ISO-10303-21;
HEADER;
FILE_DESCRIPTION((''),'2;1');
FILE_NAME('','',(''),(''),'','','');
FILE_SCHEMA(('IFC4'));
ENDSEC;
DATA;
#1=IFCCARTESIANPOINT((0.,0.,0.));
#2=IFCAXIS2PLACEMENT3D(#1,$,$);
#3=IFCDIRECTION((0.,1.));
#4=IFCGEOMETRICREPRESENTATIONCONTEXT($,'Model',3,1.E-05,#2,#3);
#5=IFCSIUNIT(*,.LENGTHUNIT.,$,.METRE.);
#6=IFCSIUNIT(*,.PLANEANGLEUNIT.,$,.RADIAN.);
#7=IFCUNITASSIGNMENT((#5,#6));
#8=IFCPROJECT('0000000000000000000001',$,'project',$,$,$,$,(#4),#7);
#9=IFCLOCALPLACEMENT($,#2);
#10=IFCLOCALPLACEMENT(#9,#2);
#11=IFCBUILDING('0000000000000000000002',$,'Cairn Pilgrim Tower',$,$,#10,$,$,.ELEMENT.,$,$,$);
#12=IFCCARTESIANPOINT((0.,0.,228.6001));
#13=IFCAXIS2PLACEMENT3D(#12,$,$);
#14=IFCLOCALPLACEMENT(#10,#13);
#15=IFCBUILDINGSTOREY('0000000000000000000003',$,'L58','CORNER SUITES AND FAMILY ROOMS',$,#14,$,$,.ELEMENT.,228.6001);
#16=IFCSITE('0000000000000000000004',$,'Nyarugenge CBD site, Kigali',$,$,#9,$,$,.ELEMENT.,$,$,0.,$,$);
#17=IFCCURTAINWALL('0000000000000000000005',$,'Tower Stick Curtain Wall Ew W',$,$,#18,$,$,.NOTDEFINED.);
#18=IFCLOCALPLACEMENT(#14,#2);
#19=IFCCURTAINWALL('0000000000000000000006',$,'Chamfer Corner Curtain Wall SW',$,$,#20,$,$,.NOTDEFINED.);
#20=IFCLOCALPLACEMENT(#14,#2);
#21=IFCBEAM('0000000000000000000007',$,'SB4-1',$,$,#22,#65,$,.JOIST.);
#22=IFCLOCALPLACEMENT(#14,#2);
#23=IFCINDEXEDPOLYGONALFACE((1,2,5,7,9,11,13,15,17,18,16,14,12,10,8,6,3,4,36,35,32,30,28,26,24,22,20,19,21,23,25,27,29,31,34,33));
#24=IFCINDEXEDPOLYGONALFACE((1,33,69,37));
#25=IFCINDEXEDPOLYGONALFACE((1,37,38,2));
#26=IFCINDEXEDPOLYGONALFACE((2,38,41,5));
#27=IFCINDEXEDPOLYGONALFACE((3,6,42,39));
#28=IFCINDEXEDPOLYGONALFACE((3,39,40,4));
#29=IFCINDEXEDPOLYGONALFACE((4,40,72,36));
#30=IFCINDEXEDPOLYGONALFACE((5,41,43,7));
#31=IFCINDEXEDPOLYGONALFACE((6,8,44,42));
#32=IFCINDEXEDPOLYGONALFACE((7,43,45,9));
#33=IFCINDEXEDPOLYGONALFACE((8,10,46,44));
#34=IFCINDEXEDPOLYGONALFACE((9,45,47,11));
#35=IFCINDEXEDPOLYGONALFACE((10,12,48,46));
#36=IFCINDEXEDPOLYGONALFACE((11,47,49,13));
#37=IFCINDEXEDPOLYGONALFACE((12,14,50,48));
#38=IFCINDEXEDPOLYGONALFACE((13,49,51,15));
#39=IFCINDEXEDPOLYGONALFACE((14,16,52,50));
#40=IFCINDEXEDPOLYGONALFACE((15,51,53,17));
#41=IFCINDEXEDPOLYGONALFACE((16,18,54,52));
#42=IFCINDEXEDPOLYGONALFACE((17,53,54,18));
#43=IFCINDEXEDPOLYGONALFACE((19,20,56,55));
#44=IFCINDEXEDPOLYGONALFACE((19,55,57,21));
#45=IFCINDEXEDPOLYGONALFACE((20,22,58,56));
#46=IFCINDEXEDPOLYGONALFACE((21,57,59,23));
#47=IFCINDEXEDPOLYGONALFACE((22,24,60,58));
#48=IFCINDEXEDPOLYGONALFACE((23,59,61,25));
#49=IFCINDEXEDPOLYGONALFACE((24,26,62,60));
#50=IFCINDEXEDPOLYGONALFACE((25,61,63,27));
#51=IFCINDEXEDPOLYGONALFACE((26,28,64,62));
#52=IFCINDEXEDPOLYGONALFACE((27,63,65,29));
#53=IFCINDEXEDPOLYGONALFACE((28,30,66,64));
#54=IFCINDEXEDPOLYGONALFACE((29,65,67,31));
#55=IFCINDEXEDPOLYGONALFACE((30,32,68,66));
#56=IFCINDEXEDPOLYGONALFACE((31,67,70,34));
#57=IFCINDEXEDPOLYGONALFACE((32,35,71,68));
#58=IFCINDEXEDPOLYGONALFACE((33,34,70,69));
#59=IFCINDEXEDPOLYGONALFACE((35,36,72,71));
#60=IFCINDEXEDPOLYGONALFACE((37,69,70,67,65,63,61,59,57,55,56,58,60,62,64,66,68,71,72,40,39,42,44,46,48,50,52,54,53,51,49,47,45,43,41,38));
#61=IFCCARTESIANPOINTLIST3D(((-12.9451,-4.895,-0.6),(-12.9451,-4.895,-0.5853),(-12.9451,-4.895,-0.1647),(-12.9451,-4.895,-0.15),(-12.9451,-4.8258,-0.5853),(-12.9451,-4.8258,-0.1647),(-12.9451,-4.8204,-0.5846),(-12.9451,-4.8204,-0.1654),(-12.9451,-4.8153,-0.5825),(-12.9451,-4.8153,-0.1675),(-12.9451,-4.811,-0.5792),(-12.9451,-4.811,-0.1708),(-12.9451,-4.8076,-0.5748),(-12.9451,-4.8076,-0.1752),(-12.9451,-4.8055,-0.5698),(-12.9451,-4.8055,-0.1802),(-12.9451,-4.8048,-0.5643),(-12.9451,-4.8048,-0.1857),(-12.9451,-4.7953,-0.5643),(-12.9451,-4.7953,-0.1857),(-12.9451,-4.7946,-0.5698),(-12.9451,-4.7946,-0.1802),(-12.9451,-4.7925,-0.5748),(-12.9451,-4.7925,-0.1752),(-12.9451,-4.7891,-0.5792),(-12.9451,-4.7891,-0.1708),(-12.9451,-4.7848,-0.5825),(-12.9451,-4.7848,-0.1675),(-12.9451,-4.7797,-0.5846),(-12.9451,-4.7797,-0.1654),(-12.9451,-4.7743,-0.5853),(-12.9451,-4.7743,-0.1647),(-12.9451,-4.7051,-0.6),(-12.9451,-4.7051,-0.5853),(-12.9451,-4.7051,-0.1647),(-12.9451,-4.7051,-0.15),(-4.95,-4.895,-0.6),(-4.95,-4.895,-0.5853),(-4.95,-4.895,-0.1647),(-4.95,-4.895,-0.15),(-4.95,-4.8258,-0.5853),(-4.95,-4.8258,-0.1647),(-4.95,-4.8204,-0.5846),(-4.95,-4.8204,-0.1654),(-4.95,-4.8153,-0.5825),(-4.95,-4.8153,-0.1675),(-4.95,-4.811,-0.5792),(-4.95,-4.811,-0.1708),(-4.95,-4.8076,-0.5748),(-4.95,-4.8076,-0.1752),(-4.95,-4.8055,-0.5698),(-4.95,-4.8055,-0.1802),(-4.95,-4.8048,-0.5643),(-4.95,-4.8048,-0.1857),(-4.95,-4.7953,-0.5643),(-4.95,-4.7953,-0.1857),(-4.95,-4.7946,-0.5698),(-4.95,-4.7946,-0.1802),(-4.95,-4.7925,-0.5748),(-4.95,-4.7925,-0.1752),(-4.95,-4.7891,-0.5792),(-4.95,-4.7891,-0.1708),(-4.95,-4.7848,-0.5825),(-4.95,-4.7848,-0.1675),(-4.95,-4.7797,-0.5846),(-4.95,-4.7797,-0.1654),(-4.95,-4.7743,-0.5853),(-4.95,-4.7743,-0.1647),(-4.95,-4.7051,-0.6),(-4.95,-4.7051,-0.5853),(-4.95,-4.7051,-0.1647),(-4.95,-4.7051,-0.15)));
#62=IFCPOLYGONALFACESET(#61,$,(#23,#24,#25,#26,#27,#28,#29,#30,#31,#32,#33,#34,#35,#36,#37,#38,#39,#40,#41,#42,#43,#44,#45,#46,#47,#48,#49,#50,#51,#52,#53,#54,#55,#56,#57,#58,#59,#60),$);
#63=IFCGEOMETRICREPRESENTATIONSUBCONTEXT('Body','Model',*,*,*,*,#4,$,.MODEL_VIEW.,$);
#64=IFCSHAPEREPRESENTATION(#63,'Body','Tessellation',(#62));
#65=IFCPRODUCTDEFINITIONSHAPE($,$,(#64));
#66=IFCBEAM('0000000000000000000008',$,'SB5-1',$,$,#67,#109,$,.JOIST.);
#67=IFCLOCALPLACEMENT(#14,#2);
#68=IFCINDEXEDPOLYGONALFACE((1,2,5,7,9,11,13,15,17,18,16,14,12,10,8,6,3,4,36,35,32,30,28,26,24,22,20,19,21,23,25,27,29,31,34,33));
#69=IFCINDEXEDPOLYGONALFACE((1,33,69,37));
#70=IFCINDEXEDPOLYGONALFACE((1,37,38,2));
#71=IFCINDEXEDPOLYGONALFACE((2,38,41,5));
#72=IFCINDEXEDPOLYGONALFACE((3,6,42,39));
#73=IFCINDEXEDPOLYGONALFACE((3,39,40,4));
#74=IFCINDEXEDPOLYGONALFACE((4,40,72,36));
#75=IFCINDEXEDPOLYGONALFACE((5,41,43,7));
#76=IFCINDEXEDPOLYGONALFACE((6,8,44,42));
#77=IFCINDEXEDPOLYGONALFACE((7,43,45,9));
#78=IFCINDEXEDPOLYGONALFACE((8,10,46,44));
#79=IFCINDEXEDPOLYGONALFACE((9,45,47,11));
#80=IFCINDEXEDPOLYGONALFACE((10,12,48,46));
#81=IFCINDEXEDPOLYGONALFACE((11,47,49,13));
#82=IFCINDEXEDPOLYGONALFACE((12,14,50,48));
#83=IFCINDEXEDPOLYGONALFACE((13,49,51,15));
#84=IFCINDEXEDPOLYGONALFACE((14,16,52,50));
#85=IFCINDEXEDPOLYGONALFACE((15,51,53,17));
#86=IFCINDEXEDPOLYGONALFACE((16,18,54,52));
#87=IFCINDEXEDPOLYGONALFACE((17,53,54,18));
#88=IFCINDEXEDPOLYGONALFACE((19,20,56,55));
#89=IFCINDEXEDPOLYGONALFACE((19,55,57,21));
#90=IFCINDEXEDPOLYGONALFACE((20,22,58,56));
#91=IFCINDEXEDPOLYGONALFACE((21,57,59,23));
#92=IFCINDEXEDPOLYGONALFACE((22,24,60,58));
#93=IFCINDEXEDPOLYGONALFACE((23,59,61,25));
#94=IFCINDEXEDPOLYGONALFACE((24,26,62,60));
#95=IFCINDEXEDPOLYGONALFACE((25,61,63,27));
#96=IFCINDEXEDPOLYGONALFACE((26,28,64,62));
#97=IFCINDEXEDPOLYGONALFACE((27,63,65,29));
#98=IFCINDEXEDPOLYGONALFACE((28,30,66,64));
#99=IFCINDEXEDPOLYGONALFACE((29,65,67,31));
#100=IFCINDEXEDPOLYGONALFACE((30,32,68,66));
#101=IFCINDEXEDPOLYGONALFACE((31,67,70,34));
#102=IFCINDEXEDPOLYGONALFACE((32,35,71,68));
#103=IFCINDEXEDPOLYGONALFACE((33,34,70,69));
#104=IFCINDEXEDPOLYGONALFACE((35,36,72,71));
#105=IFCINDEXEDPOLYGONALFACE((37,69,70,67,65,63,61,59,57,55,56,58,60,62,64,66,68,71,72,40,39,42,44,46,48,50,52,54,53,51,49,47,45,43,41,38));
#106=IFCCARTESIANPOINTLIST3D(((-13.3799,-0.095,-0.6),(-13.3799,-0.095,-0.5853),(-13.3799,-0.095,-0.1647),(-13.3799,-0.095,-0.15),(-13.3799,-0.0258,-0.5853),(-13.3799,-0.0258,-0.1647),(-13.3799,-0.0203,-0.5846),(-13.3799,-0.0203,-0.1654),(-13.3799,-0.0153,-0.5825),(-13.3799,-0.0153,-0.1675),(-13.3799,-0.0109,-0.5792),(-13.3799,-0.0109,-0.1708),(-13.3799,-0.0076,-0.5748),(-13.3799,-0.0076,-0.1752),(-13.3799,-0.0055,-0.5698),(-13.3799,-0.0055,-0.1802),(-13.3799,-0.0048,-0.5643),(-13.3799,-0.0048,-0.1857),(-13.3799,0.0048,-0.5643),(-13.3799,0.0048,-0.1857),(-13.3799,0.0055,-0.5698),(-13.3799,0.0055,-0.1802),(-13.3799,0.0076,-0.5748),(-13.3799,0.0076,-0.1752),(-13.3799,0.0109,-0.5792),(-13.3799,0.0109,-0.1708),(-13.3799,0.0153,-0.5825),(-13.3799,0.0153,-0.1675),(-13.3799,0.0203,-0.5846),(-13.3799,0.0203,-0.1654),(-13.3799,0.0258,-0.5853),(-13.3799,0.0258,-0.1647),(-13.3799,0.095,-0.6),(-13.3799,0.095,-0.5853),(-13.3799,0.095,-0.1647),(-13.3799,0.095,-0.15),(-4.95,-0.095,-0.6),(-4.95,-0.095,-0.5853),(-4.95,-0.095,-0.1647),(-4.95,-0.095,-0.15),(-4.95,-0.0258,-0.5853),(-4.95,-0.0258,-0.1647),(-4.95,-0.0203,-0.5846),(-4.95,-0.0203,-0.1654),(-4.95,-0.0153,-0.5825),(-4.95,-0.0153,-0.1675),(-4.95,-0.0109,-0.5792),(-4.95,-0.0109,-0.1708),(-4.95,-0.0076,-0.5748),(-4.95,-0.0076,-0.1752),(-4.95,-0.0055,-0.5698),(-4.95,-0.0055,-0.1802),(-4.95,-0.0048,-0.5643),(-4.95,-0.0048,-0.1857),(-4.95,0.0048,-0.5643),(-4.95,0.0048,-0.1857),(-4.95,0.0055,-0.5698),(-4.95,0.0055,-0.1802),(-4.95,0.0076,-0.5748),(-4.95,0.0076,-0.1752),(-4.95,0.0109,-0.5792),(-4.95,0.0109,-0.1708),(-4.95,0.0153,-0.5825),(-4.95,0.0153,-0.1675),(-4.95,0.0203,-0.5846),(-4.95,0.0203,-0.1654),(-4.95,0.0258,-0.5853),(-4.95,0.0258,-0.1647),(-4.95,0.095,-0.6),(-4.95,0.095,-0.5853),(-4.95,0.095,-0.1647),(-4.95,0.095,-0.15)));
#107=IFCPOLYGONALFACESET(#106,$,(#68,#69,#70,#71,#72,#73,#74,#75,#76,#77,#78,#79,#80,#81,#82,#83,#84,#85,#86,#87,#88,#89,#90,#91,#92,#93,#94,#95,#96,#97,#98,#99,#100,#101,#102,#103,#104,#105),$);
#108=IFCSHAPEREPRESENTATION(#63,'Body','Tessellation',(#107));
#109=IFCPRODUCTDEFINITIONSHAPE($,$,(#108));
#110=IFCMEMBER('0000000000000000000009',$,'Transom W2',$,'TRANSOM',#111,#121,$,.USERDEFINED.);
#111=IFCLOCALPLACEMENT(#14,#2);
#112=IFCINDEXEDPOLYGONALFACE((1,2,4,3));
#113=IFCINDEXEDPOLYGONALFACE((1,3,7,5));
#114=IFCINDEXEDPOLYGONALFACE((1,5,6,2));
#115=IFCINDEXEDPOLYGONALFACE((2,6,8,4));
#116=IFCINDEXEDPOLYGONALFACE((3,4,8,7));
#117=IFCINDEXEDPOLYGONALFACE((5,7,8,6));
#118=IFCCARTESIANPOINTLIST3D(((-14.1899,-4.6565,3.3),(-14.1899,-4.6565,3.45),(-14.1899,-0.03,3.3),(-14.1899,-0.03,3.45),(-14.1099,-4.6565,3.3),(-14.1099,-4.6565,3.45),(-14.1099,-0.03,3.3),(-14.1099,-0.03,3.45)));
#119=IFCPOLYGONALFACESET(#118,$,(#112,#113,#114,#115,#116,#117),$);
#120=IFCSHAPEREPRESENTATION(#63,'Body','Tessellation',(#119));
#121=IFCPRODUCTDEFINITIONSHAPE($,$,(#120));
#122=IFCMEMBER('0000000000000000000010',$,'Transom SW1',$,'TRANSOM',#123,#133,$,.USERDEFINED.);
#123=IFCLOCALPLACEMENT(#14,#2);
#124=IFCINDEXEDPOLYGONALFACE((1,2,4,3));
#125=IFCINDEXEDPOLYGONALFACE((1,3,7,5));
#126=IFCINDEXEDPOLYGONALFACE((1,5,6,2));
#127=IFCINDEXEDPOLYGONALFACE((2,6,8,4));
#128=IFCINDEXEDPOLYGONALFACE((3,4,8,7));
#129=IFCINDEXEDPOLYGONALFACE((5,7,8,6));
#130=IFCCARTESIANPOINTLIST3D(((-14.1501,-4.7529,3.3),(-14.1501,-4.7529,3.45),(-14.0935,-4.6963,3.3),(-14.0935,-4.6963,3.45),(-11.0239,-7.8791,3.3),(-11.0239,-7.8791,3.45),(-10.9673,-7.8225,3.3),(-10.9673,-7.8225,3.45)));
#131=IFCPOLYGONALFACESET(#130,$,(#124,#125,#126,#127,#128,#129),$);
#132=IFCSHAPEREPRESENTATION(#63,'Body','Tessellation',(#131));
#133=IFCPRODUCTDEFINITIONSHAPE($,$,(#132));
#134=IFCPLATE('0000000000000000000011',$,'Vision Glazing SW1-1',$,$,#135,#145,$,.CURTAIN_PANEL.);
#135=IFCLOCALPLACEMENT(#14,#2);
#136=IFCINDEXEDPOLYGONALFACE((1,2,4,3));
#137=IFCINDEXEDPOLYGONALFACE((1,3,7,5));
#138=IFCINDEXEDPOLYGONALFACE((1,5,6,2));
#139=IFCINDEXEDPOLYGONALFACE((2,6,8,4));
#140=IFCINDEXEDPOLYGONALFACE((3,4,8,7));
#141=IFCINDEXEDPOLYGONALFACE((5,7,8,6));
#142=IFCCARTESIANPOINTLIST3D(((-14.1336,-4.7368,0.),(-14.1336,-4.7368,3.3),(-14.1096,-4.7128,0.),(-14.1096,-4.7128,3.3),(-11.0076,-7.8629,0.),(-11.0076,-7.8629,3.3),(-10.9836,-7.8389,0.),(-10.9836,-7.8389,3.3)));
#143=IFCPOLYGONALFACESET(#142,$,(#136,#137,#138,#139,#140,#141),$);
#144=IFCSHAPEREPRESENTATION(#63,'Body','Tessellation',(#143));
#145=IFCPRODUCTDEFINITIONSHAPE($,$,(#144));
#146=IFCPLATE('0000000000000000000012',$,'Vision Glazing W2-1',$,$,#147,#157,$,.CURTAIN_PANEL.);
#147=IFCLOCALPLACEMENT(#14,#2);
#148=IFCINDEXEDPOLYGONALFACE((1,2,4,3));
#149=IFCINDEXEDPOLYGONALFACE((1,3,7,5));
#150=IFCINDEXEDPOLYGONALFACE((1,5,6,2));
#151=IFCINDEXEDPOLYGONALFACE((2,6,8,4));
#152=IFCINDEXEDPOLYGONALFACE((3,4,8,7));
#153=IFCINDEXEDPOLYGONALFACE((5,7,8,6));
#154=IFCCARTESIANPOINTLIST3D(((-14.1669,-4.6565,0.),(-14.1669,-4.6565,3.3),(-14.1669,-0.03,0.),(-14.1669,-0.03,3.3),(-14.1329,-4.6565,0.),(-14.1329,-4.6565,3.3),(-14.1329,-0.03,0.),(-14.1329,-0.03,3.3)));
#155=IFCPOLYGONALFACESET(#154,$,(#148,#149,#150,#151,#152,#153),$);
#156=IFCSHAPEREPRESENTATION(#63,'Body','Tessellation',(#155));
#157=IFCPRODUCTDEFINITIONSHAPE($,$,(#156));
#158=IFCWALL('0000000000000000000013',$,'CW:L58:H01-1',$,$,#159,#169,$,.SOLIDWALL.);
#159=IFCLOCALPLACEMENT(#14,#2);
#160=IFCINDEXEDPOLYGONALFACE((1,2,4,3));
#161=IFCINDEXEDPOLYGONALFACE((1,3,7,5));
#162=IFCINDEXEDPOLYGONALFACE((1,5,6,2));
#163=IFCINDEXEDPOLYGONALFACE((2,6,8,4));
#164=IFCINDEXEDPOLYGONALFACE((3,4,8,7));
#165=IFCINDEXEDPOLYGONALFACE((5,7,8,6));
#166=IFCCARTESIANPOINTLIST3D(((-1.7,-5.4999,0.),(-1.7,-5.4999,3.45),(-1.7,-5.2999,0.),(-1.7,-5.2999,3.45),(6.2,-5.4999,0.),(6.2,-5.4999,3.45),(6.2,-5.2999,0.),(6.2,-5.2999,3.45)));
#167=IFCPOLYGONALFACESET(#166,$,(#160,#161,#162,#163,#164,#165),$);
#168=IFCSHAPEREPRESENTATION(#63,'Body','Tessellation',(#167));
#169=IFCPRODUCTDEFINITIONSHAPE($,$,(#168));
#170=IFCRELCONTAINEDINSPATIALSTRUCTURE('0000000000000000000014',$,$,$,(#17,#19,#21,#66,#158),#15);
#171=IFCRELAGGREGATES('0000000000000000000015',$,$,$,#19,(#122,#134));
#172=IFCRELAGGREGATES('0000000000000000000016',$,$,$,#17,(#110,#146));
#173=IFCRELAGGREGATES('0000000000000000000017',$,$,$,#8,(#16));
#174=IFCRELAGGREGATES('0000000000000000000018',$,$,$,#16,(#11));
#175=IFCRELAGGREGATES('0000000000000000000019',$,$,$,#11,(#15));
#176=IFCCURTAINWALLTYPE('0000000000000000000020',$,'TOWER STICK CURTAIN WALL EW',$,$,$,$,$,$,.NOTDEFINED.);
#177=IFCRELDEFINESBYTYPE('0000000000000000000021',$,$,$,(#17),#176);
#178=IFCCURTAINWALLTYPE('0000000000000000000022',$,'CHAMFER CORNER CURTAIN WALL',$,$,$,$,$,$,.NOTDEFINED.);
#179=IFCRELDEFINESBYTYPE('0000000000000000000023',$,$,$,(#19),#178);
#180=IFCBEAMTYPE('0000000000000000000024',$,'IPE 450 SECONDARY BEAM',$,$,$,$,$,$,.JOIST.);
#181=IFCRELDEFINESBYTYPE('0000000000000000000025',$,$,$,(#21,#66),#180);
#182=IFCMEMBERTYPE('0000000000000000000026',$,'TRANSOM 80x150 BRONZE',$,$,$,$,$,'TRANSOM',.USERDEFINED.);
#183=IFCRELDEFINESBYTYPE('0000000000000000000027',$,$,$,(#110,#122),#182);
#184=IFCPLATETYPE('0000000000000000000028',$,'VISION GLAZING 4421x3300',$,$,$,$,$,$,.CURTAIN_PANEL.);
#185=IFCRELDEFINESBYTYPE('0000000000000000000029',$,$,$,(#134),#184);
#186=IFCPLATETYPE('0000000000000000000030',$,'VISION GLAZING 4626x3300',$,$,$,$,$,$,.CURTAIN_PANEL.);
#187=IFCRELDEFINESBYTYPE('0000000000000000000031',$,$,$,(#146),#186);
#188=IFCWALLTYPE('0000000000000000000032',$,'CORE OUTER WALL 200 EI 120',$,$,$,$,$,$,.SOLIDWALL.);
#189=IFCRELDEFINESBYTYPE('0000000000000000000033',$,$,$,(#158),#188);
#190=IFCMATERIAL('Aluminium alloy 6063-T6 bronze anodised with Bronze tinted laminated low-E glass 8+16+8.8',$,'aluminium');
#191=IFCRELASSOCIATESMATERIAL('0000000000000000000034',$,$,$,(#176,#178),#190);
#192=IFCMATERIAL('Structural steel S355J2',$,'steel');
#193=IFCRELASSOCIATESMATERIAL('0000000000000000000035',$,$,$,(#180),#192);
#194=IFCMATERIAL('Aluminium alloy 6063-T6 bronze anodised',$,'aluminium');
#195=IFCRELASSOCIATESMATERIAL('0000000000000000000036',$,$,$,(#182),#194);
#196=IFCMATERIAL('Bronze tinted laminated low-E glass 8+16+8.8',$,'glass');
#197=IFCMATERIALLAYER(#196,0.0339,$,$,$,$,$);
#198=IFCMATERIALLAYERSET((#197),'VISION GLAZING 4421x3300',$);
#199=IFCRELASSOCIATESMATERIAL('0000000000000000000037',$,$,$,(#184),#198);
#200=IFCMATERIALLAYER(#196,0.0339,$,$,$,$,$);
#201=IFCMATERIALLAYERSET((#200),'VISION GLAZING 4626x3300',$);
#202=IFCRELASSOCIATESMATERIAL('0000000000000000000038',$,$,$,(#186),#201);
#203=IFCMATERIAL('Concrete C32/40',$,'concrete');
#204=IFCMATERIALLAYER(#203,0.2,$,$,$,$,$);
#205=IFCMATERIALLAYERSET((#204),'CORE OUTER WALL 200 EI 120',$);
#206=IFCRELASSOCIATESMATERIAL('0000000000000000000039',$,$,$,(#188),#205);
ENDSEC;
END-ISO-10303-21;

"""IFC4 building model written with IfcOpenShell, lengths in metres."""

from ifc_helpers import new_model, si_unit, direction, frame, frame_2d, origin, origin_2d, place, context, subcontext, project, spatial, rectangle, i_section, extrude, material, layer, layer_set, material_profile, profile_set, type_object, element, aggregate, save


model = new_model("IFC4")

# Units and contexts
model_context = context("Model", 3, precision=1e-05, world=origin(), true_north=direction((0.0, 1.0)))
body_context = subcontext(model_context, "Body", "Model", "MODEL_VIEW")
ifc_project = project(units=[si_unit("LENGTHUNIT", "METRE"), si_unit("PLANEANGLEUNIT", "RADIAN")], contexts=[model_context])

# Site, building, storey
site_placement = place(None, origin())
site = spatial("IfcSite", under=ifc_project, at=site_placement, Name="Nyarugenge CBD site, Kigali", CompositionType="ELEMENT", RefElevation=0.0)
building_placement = place(site_placement, origin())
building = spatial("IfcBuilding", under=site, at=building_placement, Name="Cairn Pilgrim Tower", CompositionType="ELEMENT")
storey_placement = place(building_placement, frame((0.0, 0.0, 228.6001)))
storey = spatial("IfcBuildingStorey", under=building, at=storey_placement, Name="L58", Description="CORNER SUITES AND FAMILY ROOMS", CompositionType="ELEMENT", Elevation=228.6001)

# Curtain wall
ifc_material_1 = material(Name="Aluminium alloy 6063-T6 bronze anodised with Bronze tinted laminated low-E glass 8+16+8.8", Category="aluminium")
curtain_wall_type_1 = type_object("IfcCurtainWallType", Name="TOWER STICK CURTAIN WALL EW", PredefinedType="NOTDEFINED", material=ifc_material_1)
curtain_wall_1_placement = place(storey_placement, origin())
curtain_wall_1 = element("IfcCurtainWall", 1, at=curtain_wall_1_placement, inside=storey, type_object=curtain_wall_type_1, Name="Tower Stick Curtain Wall Ew W", PredefinedType="NOTDEFINED")
ifc_material_2 = material(Name="Aluminium alloy 6063-T6 bronze anodised", Category="aluminium")

# Curtain wall
curtain_wall_type_2 = type_object("IfcCurtainWallType", Name="CHAMFER CORNER CURTAIN WALL", PredefinedType="NOTDEFINED", material=ifc_material_1)
curtain_wall_2_placement = place(storey_placement, origin())
curtain_wall_2 = element("IfcCurtainWall", 2, at=curtain_wall_2_placement, inside=storey, type_object=curtain_wall_type_2, Name="Chamfer Corner Curtain Wall SW", PredefinedType="NOTDEFINED")

# Shared definitions
ifc_material_3 = material(Name="Structural steel S355J2", Category="steel")

# Beams
ifc_material_profile_1 = material_profile(ifc_material_3, i_section(OverallWidth=0.1899, OverallDepth=0.45, WebThickness=0.0095, FlangeThickness=0.0146, FilletRadius=0.021, at=origin_2d()), Name="IPE 450")
ifc_profile_set_1 = profile_set([ifc_material_profile_1], Name="Structural steel S355J2")
beam_type_1 = type_object("IfcBeamType", Name="IPE 450 SECONDARY BEAM", PredefinedType="JOIST", material=ifc_profile_set_1)
beam_1_placement = place(storey_placement, frame((-12.9451, -4.8, -0.375), z_axis=(1.0, 0.0, 0.0), x_axis=(0.0, 1.0, 0.0)))
element("IfcBeam", 3, at=beam_1_placement, inside=storey, type_object=beam_type_1, Name="SB4-1", PredefinedType="JOIST", context=body_context, shape_type="SweptSolid", body=[
    extrude(i_section(OverallWidth=0.1899, OverallDepth=0.45, WebThickness=0.0095, FlangeThickness=0.0146, FilletRadius=0.021, at=origin_2d()), origin(), (0.0, 0.0, 1.0), 7.9951),
])
beam_2_placement = place(storey_placement, frame((-13.3799, 0.0, -0.375), z_axis=(1.0, 0.0, 0.0), x_axis=(0.0, 1.0, 0.0)))
element("IfcBeam", 4, at=beam_2_placement, inside=storey, type_object=beam_type_1, Name="SB5-1", PredefinedType="JOIST", context=body_context, shape_type="SweptSolid", body=[
    extrude(i_section(OverallWidth=0.1899, OverallDepth=0.45, WebThickness=0.0095, FlangeThickness=0.0146, FilletRadius=0.021, at=origin_2d()), origin(), (0.0, 0.0, 1.0), 8.4299),
])

# Members
ifc_material_profile_2 = material_profile(ifc_material_2, rectangle(XDim=0.0801, YDim=0.1499, at=origin_2d()), Name="TRANSOM 80x150 BRONZE")
ifc_profile_set_2 = profile_set([ifc_material_profile_2], Name="Aluminium alloy 6063-T6 bronze anodised")
member_type_1 = type_object("IfcMemberType", Name="TRANSOM 80x150 BRONZE", ElementType="TRANSOM", PredefinedType="USERDEFINED", material=ifc_profile_set_2)
member_1_placement = place(storey_placement, frame((-14.1499, -0.03, 3.375), z_axis=(0.0, -1.0, 0.0), x_axis=(1.0, 0.0, 0.0)))
member_1 = element("IfcMember", 5, at=member_1_placement, type_object=member_type_1, Name="Transom W2", ObjectType="TRANSOM", PredefinedType="USERDEFINED", context=body_context, shape_type="SweptSolid", body=[
    extrude(rectangle(XDim=0.0801, YDim=0.1499, at=origin_2d()), origin(), (0.0, 0.0, 1.0), 4.6265),
])
member_2_placement = place(storey_placement, frame((-14.1218, -4.7246, 3.375), z_axis=(0.707107, -0.707107, 0.0), x_axis=(0.707107, 0.707107, 0.0)))
member_2 = element("IfcMember", 6, at=member_2_placement, type_object=member_type_1, Name="Transom SW1", ObjectType="TRANSOM", PredefinedType="USERDEFINED", context=body_context, shape_type="SweptSolid", body=[
    extrude(rectangle(XDim=0.0801, YDim=0.1499, at=origin_2d()), origin(), (0.0, 0.0, 1.0), 4.4211),
])

# Plates
ifc_material_4 = material(Name="Bronze tinted laminated low-E glass 8+16+8.8", Category="glass")
ifc_layer_1 = layer(ifc_material_4, 0.0339)
ifc_layer_set_1 = layer_set([ifc_layer_1], Name="VISION GLAZING 4421x3300")
plate_type_1 = type_object("IfcPlateType", Name="VISION GLAZING 4421x3300", PredefinedType="CURTAIN_PANEL", material=ifc_layer_set_1)
plate_1_placement = place(storey_placement, frame((-12.5586, -6.2878, 0.0), z_axis=(0.0, 0.0, 1.0), x_axis=(0.707107, -0.707107, 0.0)))
plate_1 = element("IfcPlate", 7, at=plate_1_placement, type_object=plate_type_1, Name="Vision Glazing SW1-1", PredefinedType="CURTAIN_PANEL", context=body_context, shape_type="SweptSolid", body=[
    extrude(rectangle(XDim=4.4209, YDim=0.0339, at=origin_2d()), origin(), (0.0, 0.0, 1.0), 3.3),
])
aggregate(curtain_wall_2, [member_2, plate_1])
ifc_layer_2 = layer(ifc_material_4, 0.0339)
ifc_layer_set_2 = layer_set([ifc_layer_2], Name="VISION GLAZING 4626x3300")
plate_type_2 = type_object("IfcPlateType", Name="VISION GLAZING 4626x3300", PredefinedType="CURTAIN_PANEL", material=ifc_layer_set_2)
plate_2_placement = place(storey_placement, frame((-14.1499, -2.3433, 0.0), z_axis=(0.0, 0.0, 1.0), x_axis=(0.0, -1.0, 0.0)))
plate_2 = element("IfcPlate", 8, at=plate_2_placement, type_object=plate_type_2, Name="Vision Glazing W2-1", PredefinedType="CURTAIN_PANEL", context=body_context, shape_type="SweptSolid", body=[
    extrude(rectangle(XDim=4.6265, YDim=0.0339, at=origin_2d()), origin(), (0.0, 0.0, 1.0), 3.3),
])
aggregate(curtain_wall_1, [member_1, plate_2])

# Wall
ifc_material_5 = material(Name="Concrete C32/40", Category="concrete")
ifc_layer_3 = layer(ifc_material_5, 0.2)
ifc_layer_set_3 = layer_set([ifc_layer_3], Name="CORE OUTER WALL 200 EI 120")
wall_type_1 = type_object("IfcWallType", Name="CORE OUTER WALL 200 EI 120", PredefinedType="SOLIDWALL", material=ifc_layer_set_3)
wall_1_placement = place(storey_placement, frame((-1.7, -5.3999, 0.0), z_axis=(0.0, 0.0, 1.0), x_axis=(1.0, 0.0, 0.0)))
element("IfcWall", 9, at=wall_1_placement, inside=storey, type_object=wall_type_1, Name="CW:L58:H01-1", PredefinedType="SOLIDWALL", context=body_context, shape_type="SweptSolid", body=[
    extrude(rectangle(XDim=7.8999, YDim=0.2, at=frame_2d((3.95, 0.0))), origin(), (0.0, 0.0, 1.0), 3.45),
])

save(model, "model.ifc")
